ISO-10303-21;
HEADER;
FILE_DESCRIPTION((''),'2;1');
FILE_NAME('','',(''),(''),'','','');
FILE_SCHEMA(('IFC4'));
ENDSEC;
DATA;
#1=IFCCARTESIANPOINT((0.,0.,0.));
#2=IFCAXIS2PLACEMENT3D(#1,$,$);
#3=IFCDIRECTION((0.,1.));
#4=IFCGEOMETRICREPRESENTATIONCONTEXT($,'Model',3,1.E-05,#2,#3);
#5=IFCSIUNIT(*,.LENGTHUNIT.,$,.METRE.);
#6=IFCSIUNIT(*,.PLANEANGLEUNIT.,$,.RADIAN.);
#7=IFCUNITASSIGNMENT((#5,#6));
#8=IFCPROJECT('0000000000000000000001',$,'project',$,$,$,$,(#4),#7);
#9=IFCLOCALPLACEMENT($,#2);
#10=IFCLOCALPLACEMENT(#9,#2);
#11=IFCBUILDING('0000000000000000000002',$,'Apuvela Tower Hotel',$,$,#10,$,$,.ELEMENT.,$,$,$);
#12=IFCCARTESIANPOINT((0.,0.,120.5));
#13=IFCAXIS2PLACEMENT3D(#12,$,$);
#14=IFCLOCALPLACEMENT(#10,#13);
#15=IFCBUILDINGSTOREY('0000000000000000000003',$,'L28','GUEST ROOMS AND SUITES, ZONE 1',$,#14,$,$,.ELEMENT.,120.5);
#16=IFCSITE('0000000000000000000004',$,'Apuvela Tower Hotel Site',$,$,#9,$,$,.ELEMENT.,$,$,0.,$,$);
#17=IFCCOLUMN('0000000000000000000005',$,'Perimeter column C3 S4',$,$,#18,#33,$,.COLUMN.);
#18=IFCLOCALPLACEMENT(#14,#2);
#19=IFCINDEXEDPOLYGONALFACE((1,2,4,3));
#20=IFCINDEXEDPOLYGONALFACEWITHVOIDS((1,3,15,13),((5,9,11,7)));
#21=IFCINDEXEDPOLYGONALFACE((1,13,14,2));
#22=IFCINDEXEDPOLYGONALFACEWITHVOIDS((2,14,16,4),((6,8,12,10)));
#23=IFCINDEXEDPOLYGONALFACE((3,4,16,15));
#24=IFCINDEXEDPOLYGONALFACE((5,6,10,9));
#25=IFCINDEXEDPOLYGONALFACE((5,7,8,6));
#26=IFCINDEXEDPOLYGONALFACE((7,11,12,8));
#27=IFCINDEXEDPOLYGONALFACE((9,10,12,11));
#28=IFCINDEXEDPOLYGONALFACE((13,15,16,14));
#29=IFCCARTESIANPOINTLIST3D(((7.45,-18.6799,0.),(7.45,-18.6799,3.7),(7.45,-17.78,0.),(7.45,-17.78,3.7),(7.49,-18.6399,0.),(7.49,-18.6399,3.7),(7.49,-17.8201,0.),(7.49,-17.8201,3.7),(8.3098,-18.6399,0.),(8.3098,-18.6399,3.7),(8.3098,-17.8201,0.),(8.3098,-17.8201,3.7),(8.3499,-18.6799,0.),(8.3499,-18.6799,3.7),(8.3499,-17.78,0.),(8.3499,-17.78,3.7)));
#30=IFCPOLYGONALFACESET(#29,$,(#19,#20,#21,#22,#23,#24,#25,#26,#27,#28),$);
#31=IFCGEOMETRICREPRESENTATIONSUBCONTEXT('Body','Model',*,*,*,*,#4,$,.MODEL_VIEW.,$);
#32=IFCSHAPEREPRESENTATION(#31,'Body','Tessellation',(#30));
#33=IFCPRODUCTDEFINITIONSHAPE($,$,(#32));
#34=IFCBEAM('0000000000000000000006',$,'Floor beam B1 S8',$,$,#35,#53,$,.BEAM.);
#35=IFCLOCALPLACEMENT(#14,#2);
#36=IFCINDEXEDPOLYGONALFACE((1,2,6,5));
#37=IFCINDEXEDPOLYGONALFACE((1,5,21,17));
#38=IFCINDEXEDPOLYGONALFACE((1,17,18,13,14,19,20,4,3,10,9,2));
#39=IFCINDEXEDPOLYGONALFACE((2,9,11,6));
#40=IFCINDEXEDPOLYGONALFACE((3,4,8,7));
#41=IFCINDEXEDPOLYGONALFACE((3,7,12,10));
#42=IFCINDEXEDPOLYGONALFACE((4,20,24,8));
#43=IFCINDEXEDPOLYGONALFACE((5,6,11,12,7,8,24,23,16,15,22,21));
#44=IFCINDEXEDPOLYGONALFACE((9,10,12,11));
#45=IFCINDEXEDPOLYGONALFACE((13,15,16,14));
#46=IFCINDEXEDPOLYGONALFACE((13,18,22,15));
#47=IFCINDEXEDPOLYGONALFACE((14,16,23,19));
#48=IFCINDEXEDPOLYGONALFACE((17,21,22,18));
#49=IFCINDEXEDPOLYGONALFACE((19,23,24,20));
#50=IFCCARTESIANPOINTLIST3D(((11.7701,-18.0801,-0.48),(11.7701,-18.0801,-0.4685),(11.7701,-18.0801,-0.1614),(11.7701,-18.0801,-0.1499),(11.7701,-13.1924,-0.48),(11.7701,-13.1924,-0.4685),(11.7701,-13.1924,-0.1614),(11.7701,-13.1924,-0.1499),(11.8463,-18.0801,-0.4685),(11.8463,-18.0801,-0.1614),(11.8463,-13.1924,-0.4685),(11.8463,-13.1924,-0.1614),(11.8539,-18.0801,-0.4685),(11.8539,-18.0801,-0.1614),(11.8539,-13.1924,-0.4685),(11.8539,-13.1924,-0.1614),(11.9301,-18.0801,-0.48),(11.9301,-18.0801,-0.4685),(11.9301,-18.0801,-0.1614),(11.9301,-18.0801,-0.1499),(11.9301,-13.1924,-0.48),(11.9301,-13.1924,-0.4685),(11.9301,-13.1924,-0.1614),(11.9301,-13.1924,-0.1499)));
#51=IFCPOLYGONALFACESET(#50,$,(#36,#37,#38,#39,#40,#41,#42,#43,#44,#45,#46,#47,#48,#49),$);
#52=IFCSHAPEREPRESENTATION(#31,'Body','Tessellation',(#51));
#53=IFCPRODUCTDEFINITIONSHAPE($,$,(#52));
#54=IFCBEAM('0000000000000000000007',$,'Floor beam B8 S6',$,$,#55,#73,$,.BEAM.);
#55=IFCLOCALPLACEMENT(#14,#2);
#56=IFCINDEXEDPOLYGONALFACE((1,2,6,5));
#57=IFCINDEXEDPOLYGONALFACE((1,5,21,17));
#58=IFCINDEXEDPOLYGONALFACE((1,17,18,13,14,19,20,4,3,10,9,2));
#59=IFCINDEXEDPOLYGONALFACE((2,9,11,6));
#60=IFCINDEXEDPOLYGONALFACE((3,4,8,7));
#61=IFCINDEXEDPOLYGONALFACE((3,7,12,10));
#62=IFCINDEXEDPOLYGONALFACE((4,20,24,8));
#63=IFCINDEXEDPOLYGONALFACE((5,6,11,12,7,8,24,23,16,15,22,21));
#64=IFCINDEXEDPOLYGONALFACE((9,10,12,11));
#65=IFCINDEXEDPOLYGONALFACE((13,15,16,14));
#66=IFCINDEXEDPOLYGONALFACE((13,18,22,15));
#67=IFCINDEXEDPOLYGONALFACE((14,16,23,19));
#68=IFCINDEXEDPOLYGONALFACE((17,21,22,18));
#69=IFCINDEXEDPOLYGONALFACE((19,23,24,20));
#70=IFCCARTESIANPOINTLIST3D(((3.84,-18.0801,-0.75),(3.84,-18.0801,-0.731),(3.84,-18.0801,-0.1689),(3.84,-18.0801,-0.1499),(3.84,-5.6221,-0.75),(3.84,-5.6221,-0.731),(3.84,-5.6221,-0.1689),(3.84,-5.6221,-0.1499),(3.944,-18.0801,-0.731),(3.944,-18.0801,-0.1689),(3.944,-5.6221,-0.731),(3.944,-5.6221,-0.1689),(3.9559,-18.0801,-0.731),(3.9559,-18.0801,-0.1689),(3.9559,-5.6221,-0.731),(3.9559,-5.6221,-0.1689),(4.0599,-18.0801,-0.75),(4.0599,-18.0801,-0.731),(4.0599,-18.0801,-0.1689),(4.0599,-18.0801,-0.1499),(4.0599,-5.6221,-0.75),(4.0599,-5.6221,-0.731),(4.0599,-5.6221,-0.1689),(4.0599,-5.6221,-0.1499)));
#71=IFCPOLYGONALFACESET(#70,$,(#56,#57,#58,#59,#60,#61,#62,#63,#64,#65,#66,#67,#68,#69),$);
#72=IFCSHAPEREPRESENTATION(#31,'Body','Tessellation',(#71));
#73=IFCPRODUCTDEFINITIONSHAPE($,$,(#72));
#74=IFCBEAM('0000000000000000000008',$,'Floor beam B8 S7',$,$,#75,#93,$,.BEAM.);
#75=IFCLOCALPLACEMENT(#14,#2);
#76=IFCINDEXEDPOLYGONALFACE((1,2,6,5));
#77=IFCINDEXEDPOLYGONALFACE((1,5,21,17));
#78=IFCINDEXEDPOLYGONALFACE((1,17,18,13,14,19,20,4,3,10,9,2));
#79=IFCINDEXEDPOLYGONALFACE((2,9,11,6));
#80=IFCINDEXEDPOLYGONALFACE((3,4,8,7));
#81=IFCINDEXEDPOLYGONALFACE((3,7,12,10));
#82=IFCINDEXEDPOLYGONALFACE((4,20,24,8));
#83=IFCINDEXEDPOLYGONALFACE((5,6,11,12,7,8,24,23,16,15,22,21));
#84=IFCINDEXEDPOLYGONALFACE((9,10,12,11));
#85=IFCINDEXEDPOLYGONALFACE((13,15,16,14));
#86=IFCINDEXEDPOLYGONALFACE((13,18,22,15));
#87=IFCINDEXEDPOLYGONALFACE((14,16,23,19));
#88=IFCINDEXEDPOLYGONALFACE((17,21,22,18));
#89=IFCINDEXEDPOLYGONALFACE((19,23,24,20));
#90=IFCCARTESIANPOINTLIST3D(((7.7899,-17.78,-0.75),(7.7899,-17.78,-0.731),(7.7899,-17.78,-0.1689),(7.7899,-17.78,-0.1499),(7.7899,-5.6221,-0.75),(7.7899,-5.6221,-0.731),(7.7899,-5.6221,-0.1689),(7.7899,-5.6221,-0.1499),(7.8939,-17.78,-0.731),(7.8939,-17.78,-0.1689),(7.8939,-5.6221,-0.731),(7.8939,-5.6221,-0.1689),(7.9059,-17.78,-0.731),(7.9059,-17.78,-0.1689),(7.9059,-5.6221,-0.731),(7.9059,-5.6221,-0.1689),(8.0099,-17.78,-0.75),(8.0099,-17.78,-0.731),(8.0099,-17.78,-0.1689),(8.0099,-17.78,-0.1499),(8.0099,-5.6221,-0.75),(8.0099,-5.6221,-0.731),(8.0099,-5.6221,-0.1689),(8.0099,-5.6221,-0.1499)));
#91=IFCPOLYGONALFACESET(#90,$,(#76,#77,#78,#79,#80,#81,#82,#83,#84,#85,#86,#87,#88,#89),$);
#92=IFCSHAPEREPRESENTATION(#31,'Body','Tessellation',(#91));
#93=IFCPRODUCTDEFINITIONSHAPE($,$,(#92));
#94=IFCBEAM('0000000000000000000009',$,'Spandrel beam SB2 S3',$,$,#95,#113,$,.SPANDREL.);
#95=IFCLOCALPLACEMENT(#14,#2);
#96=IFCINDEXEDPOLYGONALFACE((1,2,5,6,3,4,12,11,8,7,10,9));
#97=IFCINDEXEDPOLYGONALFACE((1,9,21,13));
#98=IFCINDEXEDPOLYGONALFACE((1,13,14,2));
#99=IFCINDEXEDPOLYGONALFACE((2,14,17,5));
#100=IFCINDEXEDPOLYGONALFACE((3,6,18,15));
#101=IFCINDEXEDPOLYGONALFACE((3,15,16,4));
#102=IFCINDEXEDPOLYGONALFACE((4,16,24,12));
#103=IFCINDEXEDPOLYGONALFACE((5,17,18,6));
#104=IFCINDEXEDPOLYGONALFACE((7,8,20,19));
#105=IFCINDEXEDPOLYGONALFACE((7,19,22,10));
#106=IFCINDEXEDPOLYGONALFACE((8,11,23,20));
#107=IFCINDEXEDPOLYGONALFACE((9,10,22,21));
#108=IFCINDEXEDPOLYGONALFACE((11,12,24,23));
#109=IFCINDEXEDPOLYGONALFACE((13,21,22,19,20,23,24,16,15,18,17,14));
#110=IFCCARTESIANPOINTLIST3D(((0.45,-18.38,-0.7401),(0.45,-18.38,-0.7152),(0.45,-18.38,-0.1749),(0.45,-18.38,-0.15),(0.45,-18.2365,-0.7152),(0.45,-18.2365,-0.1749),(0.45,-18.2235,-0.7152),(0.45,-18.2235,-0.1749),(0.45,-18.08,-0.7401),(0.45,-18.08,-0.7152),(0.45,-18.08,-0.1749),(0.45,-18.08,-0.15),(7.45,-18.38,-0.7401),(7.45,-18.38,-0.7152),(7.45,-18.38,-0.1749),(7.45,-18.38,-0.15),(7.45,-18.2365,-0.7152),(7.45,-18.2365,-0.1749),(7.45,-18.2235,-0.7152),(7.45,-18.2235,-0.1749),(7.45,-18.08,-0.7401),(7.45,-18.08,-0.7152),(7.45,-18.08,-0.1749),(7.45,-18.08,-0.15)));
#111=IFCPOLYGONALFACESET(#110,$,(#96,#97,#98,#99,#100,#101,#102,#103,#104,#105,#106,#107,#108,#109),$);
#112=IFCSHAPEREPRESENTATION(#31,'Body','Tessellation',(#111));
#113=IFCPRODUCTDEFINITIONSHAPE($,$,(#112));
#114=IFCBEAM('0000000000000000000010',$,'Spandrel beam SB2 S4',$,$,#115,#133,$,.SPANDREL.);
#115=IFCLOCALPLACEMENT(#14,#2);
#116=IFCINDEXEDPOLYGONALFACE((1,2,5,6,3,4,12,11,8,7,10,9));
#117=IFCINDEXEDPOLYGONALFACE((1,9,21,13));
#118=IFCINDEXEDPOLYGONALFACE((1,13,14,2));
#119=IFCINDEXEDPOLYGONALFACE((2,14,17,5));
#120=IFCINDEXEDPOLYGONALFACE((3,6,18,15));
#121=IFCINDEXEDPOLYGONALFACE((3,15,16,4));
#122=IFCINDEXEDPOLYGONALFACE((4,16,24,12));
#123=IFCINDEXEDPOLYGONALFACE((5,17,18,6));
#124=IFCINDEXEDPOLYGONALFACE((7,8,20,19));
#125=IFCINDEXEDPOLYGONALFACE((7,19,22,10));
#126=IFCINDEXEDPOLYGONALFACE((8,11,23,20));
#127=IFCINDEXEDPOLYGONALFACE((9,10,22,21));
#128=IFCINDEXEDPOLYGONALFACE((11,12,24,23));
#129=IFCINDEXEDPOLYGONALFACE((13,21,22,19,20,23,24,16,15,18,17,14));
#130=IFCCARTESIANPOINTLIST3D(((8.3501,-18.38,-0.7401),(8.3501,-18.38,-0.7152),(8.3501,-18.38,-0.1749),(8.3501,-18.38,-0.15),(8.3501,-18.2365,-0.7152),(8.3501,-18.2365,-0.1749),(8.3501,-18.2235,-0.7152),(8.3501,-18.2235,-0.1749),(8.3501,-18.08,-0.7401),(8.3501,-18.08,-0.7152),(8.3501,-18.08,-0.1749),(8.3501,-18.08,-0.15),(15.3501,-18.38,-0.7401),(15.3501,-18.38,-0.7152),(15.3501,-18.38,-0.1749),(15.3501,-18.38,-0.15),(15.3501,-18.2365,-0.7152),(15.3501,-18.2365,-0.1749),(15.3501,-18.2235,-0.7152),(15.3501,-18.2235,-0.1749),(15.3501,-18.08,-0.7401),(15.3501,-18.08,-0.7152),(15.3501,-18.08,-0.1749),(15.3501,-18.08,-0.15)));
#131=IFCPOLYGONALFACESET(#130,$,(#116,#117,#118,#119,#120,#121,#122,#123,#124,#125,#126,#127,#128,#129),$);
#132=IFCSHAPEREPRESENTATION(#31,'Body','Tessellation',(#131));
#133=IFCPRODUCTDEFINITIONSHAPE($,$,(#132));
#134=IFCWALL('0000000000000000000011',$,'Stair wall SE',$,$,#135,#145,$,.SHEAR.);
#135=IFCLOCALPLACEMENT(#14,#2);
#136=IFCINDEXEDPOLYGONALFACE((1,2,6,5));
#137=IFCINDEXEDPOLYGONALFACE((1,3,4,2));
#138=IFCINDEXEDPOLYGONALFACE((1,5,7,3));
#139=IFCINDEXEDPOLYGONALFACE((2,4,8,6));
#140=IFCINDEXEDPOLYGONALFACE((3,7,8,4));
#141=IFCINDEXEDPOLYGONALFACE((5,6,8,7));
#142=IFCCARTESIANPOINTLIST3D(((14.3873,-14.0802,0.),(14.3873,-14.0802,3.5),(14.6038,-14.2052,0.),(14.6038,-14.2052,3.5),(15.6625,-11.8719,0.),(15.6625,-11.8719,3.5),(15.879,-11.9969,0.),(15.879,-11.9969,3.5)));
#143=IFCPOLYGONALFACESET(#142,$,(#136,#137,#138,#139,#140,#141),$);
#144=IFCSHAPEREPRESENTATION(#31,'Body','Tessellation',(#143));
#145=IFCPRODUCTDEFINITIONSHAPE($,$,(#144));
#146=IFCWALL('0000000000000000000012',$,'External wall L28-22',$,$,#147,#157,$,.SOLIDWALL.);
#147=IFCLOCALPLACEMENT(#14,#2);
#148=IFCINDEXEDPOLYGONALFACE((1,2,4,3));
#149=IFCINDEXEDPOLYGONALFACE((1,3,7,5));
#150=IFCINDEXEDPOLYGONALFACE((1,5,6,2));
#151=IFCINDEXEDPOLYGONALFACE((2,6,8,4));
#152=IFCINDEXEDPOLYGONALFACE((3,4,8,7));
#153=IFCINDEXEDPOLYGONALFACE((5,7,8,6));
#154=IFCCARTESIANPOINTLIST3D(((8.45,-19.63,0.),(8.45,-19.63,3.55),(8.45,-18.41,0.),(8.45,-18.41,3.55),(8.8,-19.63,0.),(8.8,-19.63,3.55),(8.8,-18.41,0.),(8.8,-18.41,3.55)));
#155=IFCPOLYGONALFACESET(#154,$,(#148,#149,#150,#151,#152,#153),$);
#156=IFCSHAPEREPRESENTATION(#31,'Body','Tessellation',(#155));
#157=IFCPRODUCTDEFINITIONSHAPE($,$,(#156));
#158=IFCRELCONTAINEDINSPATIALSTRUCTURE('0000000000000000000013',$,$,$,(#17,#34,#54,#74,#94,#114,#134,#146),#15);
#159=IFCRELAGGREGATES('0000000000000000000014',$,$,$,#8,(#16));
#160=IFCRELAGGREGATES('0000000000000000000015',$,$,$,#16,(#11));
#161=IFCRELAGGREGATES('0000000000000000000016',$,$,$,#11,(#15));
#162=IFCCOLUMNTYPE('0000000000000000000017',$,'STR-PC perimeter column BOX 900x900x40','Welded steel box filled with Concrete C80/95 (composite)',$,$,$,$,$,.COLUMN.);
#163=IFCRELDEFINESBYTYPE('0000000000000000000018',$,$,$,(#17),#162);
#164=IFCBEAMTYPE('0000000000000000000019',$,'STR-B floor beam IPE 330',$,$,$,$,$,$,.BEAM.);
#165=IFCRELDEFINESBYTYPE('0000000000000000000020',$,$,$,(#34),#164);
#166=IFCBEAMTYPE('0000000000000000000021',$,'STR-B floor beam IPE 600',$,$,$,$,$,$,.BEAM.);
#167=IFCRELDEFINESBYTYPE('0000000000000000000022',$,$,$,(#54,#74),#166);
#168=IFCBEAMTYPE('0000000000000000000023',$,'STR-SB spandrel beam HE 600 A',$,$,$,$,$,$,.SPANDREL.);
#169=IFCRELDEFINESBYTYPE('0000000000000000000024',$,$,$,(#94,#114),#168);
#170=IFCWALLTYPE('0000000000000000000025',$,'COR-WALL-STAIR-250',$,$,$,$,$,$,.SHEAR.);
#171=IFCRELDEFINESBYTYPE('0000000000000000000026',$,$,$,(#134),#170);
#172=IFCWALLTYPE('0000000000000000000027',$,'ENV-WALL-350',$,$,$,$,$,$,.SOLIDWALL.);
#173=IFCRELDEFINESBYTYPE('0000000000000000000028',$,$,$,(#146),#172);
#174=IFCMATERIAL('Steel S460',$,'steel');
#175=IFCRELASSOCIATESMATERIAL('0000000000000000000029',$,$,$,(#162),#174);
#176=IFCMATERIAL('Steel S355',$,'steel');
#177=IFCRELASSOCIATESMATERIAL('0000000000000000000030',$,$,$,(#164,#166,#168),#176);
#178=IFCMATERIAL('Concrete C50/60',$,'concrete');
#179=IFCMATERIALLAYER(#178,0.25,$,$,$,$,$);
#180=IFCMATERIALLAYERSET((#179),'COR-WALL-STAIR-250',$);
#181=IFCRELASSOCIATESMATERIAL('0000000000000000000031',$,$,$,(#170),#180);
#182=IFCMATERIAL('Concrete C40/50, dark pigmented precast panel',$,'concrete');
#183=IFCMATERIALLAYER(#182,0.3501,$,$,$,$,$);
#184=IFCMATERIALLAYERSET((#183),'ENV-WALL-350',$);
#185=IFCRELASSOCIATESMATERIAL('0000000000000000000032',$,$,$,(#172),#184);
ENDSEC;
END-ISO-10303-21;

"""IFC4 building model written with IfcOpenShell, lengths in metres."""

from ifc_helpers import new_model, si_unit, direction, frame, frame_2d, origin, origin_2d, place, context, subcontext, project, spatial, rectangle, hollow_rectangle, i_section, extrude, material, layer, layer_set, material_profile, profile_set, type_object, element, save


model = new_model("IFC4")

# Units and contexts
model_context = context("Model", 3, precision=1e-05, world=origin(), true_north=direction((0.0, 1.0)))
body_context = subcontext(model_context, "Body", "Model", "MODEL_VIEW")
ifc_project = project(units=[si_unit("LENGTHUNIT", "METRE"), si_unit("PLANEANGLEUNIT", "RADIAN")], contexts=[model_context])

# Site, building, storey
site_placement = place(None, origin())
site = spatial("IfcSite", under=ifc_project, at=site_placement, Name="Apuvela Tower Hotel Site", CompositionType="ELEMENT", RefElevation=0.0)
building_placement = place(site_placement, origin())
building = spatial("IfcBuilding", under=site, at=building_placement, Name="Apuvela Tower Hotel", CompositionType="ELEMENT")
storey_placement = place(building_placement, frame((0.0, 0.0, 120.5)))
storey = spatial("IfcBuildingStorey", under=building, at=storey_placement, Name="L28", Description="GUEST ROOMS AND SUITES, ZONE 1", CompositionType="ELEMENT", Elevation=120.5)

# Column
ifc_material_1 = material(Name="Steel S460", Category="steel")
ifc_material_profile_1 = material_profile(ifc_material_1, hollow_rectangle(XDim=0.8999, YDim=0.8999, WallThickness=0.04, at=origin_2d()), Name="BOX 900x900x40")
ifc_material_2 = material(Name="Concrete C80/95", Category="concrete")
ifc_material_profile_2 = material_profile(ifc_material_2, rectangle(XDim=0.8201, YDim=0.8201, at=origin_2d()), Name="Concrete C80/95 infill")
ifc_profile_set_1 = profile_set([ifc_material_profile_1, ifc_material_profile_2], Name="Steel S460")
column_type = type_object("IfcColumnType", Name="STR-PC perimeter column BOX 900x900x40", Description="Welded steel box filled with Concrete C80/95 (composite)", PredefinedType="COLUMN", material=ifc_profile_set_1)
column_placement = place(storey_placement, frame((7.8999, -18.23, 0.0), z_axis=(0.0, 0.0, 1.0), x_axis=(-1.0, 0.0, 0.0)))
element("IfcColumn", 1, at=column_placement, inside=storey, type_object=column_type, Name="Perimeter column C3 S4", PredefinedType="COLUMN", context=body_context, shape_type="SweptSolid", body=[
    extrude(hollow_rectangle(XDim=0.8999, YDim=0.8999, WallThickness=0.04, at=origin_2d()), origin(), (0.0, 0.0, 1.0), 3.7),
])

# Beams
ifc_material_3 = material(Name="Steel S355", Category="steel")
ifc_material_profile_3 = material_profile(ifc_material_3, i_section(OverallWidth=0.1599, OverallDepth=0.3301, WebThickness=0.0076, FlangeThickness=0.0115, at=origin_2d()), Name="IPE 330")
ifc_profile_set_2 = profile_set([ifc_material_profile_3], Name="Steel S355")
beam_type_1 = type_object("IfcBeamType", Name="STR-B floor beam IPE 330", PredefinedType="BEAM", material=ifc_profile_set_2)
beam_1_placement = place(storey_placement, frame((11.8501, -18.0801, -0.3149), z_axis=(0.0, 1.0, 0.0), x_axis=(-1.0, 0.0, 0.0)))
element("IfcBeam", 2, at=beam_1_placement, inside=storey, type_object=beam_type_1, Name="Floor beam B1 S8", PredefinedType="BEAM", context=body_context, shape_type="SweptSolid", body=[
    extrude(i_section(OverallWidth=0.1599, OverallDepth=0.3301, WebThickness=0.0076, FlangeThickness=0.0115, at=origin_2d()), origin(), (0.0, 0.0, 1.0), 4.8877),
])
ifc_material_profile_4 = material_profile(ifc_material_3, i_section(OverallWidth=0.22, OverallDepth=0.6001, WebThickness=0.012, FlangeThickness=0.019, at=origin_2d()), Name="IPE 600")
ifc_profile_set_3 = profile_set([ifc_material_profile_4], Name="Steel S355")
beam_type_2 = type_object("IfcBeamType", Name="STR-B floor beam IPE 600", PredefinedType="BEAM", material=ifc_profile_set_3)
beam_2_placement = place(storey_placement, frame((3.95, -18.0801, -0.45), z_axis=(0.0, 1.0, 0.0), x_axis=(-1.0, 0.0, 0.0)))
element("IfcBeam", 3, at=beam_2_placement, inside=storey, type_object=beam_type_2, Name="Floor beam B8 S6", PredefinedType="BEAM", context=body_context, shape_type="SweptSolid", body=[
    extrude(i_section(OverallWidth=0.22, OverallDepth=0.6001, WebThickness=0.012, FlangeThickness=0.019, at=origin_2d()), origin(), (0.0, 0.0, 1.0), 12.458),
])
beam_3_placement = place(storey_placement, frame((7.8999, -17.78, -0.45), z_axis=(0.0, 1.0, 0.0), x_axis=(-1.0, 0.0, 0.0)))
element("IfcBeam", 4, at=beam_3_placement, inside=storey, type_object=beam_type_2, Name="Floor beam B8 S7", PredefinedType="BEAM", context=body_context, shape_type="SweptSolid", body=[
    extrude(i_section(OverallWidth=0.22, OverallDepth=0.6001, WebThickness=0.012, FlangeThickness=0.019, at=origin_2d()), origin(), (0.0, 0.0, 1.0), 12.158),
])
ifc_material_profile_5 = material_profile(ifc_material_3, i_section(OverallWidth=0.3, OverallDepth=0.5901, WebThickness=0.0129, FlangeThickness=0.0249, at=origin_2d()), Name="HE 600 A")
ifc_profile_set_4 = profile_set([ifc_material_profile_5], Name="Steel S355")
beam_type_3 = type_object("IfcBeamType", Name="STR-SB spandrel beam HE 600 A", PredefinedType="SPANDREL", material=ifc_profile_set_4)
for number, where, z_axis, x_axis, name in (
    (5, (0.45, -18.23, -0.4451), (1.0, 0.0, 0.0), (0.0, 1.0, 0.0), "Spandrel beam SB2 S3"),
    (6, (8.3501, -18.23, -0.4451), (1.0, 0.0, 0.0), (0.0, 1.0, 0.0), "Spandrel beam SB2 S4"),
):
    element("IfcBeam", number, at=place(storey_placement, frame(where, z_axis=z_axis, x_axis=x_axis)), inside=storey, type_object=beam_type_3, Name=name, PredefinedType="SPANDREL", context=body_context, shape_type="SweptSolid", body=[
        extrude(i_section(OverallWidth=0.3, OverallDepth=0.5901, WebThickness=0.0129, FlangeThickness=0.0249, at=origin_2d()), origin(), (0.0, 0.0, 1.0), 7.0),
    ])

# Walls
ifc_material_4 = material(Name="Concrete C50/60", Category="concrete")
ifc_layer_1 = layer(ifc_material_4, 0.25)
ifc_layer_set_1 = layer_set([ifc_layer_1], Name="COR-WALL-STAIR-250")
wall_type_1 = type_object("IfcWallType", Name="COR-WALL-STAIR-250", PredefinedType="SHEAR", material=ifc_layer_set_1)
wall_1_placement = place(storey_placement, frame((14.4956, -14.1426, 0.0), z_axis=(0.0, 0.0, 1.0), x_axis=(0.500062, 0.865989, 0.0)))
element("IfcWall", 7, at=wall_1_placement, inside=storey, type_object=wall_type_1, Name="Stair wall SE", PredefinedType="SHEAR", context=body_context, shape_type="SweptSolid", body=[
    extrude(rectangle(XDim=2.55, YDim=0.25, at=frame_2d((1.2749, 0.0))), origin(), (0.0, 0.0, 1.0), 3.5),
])
ifc_material_5 = material(Name="Concrete C40/50, dark pigmented precast panel", Category="concrete")
ifc_layer_2 = layer(ifc_material_5, 0.3501)
ifc_layer_set_2 = layer_set([ifc_layer_2], Name="ENV-WALL-350")
wall_type_2 = type_object("IfcWallType", Name="ENV-WALL-350", PredefinedType="SOLIDWALL", material=ifc_layer_set_2)
wall_2_placement = place(storey_placement, frame((8.625, -19.6299, 0.0), z_axis=(0.0, 0.0, 1.0), x_axis=(0.0, 1.0, 0.0)))
element("IfcWall", 8, at=wall_2_placement, inside=storey, type_object=wall_type_2, Name="External wall L28-22", PredefinedType="SOLIDWALL", context=body_context, shape_type="SweptSolid", body=[
    extrude(rectangle(XDim=1.22, YDim=0.3501, at=frame_2d((0.6099, 0.0))), origin(), (0.0, 0.0, 1.0), 3.55),
])

save(model, "model.ifc")
